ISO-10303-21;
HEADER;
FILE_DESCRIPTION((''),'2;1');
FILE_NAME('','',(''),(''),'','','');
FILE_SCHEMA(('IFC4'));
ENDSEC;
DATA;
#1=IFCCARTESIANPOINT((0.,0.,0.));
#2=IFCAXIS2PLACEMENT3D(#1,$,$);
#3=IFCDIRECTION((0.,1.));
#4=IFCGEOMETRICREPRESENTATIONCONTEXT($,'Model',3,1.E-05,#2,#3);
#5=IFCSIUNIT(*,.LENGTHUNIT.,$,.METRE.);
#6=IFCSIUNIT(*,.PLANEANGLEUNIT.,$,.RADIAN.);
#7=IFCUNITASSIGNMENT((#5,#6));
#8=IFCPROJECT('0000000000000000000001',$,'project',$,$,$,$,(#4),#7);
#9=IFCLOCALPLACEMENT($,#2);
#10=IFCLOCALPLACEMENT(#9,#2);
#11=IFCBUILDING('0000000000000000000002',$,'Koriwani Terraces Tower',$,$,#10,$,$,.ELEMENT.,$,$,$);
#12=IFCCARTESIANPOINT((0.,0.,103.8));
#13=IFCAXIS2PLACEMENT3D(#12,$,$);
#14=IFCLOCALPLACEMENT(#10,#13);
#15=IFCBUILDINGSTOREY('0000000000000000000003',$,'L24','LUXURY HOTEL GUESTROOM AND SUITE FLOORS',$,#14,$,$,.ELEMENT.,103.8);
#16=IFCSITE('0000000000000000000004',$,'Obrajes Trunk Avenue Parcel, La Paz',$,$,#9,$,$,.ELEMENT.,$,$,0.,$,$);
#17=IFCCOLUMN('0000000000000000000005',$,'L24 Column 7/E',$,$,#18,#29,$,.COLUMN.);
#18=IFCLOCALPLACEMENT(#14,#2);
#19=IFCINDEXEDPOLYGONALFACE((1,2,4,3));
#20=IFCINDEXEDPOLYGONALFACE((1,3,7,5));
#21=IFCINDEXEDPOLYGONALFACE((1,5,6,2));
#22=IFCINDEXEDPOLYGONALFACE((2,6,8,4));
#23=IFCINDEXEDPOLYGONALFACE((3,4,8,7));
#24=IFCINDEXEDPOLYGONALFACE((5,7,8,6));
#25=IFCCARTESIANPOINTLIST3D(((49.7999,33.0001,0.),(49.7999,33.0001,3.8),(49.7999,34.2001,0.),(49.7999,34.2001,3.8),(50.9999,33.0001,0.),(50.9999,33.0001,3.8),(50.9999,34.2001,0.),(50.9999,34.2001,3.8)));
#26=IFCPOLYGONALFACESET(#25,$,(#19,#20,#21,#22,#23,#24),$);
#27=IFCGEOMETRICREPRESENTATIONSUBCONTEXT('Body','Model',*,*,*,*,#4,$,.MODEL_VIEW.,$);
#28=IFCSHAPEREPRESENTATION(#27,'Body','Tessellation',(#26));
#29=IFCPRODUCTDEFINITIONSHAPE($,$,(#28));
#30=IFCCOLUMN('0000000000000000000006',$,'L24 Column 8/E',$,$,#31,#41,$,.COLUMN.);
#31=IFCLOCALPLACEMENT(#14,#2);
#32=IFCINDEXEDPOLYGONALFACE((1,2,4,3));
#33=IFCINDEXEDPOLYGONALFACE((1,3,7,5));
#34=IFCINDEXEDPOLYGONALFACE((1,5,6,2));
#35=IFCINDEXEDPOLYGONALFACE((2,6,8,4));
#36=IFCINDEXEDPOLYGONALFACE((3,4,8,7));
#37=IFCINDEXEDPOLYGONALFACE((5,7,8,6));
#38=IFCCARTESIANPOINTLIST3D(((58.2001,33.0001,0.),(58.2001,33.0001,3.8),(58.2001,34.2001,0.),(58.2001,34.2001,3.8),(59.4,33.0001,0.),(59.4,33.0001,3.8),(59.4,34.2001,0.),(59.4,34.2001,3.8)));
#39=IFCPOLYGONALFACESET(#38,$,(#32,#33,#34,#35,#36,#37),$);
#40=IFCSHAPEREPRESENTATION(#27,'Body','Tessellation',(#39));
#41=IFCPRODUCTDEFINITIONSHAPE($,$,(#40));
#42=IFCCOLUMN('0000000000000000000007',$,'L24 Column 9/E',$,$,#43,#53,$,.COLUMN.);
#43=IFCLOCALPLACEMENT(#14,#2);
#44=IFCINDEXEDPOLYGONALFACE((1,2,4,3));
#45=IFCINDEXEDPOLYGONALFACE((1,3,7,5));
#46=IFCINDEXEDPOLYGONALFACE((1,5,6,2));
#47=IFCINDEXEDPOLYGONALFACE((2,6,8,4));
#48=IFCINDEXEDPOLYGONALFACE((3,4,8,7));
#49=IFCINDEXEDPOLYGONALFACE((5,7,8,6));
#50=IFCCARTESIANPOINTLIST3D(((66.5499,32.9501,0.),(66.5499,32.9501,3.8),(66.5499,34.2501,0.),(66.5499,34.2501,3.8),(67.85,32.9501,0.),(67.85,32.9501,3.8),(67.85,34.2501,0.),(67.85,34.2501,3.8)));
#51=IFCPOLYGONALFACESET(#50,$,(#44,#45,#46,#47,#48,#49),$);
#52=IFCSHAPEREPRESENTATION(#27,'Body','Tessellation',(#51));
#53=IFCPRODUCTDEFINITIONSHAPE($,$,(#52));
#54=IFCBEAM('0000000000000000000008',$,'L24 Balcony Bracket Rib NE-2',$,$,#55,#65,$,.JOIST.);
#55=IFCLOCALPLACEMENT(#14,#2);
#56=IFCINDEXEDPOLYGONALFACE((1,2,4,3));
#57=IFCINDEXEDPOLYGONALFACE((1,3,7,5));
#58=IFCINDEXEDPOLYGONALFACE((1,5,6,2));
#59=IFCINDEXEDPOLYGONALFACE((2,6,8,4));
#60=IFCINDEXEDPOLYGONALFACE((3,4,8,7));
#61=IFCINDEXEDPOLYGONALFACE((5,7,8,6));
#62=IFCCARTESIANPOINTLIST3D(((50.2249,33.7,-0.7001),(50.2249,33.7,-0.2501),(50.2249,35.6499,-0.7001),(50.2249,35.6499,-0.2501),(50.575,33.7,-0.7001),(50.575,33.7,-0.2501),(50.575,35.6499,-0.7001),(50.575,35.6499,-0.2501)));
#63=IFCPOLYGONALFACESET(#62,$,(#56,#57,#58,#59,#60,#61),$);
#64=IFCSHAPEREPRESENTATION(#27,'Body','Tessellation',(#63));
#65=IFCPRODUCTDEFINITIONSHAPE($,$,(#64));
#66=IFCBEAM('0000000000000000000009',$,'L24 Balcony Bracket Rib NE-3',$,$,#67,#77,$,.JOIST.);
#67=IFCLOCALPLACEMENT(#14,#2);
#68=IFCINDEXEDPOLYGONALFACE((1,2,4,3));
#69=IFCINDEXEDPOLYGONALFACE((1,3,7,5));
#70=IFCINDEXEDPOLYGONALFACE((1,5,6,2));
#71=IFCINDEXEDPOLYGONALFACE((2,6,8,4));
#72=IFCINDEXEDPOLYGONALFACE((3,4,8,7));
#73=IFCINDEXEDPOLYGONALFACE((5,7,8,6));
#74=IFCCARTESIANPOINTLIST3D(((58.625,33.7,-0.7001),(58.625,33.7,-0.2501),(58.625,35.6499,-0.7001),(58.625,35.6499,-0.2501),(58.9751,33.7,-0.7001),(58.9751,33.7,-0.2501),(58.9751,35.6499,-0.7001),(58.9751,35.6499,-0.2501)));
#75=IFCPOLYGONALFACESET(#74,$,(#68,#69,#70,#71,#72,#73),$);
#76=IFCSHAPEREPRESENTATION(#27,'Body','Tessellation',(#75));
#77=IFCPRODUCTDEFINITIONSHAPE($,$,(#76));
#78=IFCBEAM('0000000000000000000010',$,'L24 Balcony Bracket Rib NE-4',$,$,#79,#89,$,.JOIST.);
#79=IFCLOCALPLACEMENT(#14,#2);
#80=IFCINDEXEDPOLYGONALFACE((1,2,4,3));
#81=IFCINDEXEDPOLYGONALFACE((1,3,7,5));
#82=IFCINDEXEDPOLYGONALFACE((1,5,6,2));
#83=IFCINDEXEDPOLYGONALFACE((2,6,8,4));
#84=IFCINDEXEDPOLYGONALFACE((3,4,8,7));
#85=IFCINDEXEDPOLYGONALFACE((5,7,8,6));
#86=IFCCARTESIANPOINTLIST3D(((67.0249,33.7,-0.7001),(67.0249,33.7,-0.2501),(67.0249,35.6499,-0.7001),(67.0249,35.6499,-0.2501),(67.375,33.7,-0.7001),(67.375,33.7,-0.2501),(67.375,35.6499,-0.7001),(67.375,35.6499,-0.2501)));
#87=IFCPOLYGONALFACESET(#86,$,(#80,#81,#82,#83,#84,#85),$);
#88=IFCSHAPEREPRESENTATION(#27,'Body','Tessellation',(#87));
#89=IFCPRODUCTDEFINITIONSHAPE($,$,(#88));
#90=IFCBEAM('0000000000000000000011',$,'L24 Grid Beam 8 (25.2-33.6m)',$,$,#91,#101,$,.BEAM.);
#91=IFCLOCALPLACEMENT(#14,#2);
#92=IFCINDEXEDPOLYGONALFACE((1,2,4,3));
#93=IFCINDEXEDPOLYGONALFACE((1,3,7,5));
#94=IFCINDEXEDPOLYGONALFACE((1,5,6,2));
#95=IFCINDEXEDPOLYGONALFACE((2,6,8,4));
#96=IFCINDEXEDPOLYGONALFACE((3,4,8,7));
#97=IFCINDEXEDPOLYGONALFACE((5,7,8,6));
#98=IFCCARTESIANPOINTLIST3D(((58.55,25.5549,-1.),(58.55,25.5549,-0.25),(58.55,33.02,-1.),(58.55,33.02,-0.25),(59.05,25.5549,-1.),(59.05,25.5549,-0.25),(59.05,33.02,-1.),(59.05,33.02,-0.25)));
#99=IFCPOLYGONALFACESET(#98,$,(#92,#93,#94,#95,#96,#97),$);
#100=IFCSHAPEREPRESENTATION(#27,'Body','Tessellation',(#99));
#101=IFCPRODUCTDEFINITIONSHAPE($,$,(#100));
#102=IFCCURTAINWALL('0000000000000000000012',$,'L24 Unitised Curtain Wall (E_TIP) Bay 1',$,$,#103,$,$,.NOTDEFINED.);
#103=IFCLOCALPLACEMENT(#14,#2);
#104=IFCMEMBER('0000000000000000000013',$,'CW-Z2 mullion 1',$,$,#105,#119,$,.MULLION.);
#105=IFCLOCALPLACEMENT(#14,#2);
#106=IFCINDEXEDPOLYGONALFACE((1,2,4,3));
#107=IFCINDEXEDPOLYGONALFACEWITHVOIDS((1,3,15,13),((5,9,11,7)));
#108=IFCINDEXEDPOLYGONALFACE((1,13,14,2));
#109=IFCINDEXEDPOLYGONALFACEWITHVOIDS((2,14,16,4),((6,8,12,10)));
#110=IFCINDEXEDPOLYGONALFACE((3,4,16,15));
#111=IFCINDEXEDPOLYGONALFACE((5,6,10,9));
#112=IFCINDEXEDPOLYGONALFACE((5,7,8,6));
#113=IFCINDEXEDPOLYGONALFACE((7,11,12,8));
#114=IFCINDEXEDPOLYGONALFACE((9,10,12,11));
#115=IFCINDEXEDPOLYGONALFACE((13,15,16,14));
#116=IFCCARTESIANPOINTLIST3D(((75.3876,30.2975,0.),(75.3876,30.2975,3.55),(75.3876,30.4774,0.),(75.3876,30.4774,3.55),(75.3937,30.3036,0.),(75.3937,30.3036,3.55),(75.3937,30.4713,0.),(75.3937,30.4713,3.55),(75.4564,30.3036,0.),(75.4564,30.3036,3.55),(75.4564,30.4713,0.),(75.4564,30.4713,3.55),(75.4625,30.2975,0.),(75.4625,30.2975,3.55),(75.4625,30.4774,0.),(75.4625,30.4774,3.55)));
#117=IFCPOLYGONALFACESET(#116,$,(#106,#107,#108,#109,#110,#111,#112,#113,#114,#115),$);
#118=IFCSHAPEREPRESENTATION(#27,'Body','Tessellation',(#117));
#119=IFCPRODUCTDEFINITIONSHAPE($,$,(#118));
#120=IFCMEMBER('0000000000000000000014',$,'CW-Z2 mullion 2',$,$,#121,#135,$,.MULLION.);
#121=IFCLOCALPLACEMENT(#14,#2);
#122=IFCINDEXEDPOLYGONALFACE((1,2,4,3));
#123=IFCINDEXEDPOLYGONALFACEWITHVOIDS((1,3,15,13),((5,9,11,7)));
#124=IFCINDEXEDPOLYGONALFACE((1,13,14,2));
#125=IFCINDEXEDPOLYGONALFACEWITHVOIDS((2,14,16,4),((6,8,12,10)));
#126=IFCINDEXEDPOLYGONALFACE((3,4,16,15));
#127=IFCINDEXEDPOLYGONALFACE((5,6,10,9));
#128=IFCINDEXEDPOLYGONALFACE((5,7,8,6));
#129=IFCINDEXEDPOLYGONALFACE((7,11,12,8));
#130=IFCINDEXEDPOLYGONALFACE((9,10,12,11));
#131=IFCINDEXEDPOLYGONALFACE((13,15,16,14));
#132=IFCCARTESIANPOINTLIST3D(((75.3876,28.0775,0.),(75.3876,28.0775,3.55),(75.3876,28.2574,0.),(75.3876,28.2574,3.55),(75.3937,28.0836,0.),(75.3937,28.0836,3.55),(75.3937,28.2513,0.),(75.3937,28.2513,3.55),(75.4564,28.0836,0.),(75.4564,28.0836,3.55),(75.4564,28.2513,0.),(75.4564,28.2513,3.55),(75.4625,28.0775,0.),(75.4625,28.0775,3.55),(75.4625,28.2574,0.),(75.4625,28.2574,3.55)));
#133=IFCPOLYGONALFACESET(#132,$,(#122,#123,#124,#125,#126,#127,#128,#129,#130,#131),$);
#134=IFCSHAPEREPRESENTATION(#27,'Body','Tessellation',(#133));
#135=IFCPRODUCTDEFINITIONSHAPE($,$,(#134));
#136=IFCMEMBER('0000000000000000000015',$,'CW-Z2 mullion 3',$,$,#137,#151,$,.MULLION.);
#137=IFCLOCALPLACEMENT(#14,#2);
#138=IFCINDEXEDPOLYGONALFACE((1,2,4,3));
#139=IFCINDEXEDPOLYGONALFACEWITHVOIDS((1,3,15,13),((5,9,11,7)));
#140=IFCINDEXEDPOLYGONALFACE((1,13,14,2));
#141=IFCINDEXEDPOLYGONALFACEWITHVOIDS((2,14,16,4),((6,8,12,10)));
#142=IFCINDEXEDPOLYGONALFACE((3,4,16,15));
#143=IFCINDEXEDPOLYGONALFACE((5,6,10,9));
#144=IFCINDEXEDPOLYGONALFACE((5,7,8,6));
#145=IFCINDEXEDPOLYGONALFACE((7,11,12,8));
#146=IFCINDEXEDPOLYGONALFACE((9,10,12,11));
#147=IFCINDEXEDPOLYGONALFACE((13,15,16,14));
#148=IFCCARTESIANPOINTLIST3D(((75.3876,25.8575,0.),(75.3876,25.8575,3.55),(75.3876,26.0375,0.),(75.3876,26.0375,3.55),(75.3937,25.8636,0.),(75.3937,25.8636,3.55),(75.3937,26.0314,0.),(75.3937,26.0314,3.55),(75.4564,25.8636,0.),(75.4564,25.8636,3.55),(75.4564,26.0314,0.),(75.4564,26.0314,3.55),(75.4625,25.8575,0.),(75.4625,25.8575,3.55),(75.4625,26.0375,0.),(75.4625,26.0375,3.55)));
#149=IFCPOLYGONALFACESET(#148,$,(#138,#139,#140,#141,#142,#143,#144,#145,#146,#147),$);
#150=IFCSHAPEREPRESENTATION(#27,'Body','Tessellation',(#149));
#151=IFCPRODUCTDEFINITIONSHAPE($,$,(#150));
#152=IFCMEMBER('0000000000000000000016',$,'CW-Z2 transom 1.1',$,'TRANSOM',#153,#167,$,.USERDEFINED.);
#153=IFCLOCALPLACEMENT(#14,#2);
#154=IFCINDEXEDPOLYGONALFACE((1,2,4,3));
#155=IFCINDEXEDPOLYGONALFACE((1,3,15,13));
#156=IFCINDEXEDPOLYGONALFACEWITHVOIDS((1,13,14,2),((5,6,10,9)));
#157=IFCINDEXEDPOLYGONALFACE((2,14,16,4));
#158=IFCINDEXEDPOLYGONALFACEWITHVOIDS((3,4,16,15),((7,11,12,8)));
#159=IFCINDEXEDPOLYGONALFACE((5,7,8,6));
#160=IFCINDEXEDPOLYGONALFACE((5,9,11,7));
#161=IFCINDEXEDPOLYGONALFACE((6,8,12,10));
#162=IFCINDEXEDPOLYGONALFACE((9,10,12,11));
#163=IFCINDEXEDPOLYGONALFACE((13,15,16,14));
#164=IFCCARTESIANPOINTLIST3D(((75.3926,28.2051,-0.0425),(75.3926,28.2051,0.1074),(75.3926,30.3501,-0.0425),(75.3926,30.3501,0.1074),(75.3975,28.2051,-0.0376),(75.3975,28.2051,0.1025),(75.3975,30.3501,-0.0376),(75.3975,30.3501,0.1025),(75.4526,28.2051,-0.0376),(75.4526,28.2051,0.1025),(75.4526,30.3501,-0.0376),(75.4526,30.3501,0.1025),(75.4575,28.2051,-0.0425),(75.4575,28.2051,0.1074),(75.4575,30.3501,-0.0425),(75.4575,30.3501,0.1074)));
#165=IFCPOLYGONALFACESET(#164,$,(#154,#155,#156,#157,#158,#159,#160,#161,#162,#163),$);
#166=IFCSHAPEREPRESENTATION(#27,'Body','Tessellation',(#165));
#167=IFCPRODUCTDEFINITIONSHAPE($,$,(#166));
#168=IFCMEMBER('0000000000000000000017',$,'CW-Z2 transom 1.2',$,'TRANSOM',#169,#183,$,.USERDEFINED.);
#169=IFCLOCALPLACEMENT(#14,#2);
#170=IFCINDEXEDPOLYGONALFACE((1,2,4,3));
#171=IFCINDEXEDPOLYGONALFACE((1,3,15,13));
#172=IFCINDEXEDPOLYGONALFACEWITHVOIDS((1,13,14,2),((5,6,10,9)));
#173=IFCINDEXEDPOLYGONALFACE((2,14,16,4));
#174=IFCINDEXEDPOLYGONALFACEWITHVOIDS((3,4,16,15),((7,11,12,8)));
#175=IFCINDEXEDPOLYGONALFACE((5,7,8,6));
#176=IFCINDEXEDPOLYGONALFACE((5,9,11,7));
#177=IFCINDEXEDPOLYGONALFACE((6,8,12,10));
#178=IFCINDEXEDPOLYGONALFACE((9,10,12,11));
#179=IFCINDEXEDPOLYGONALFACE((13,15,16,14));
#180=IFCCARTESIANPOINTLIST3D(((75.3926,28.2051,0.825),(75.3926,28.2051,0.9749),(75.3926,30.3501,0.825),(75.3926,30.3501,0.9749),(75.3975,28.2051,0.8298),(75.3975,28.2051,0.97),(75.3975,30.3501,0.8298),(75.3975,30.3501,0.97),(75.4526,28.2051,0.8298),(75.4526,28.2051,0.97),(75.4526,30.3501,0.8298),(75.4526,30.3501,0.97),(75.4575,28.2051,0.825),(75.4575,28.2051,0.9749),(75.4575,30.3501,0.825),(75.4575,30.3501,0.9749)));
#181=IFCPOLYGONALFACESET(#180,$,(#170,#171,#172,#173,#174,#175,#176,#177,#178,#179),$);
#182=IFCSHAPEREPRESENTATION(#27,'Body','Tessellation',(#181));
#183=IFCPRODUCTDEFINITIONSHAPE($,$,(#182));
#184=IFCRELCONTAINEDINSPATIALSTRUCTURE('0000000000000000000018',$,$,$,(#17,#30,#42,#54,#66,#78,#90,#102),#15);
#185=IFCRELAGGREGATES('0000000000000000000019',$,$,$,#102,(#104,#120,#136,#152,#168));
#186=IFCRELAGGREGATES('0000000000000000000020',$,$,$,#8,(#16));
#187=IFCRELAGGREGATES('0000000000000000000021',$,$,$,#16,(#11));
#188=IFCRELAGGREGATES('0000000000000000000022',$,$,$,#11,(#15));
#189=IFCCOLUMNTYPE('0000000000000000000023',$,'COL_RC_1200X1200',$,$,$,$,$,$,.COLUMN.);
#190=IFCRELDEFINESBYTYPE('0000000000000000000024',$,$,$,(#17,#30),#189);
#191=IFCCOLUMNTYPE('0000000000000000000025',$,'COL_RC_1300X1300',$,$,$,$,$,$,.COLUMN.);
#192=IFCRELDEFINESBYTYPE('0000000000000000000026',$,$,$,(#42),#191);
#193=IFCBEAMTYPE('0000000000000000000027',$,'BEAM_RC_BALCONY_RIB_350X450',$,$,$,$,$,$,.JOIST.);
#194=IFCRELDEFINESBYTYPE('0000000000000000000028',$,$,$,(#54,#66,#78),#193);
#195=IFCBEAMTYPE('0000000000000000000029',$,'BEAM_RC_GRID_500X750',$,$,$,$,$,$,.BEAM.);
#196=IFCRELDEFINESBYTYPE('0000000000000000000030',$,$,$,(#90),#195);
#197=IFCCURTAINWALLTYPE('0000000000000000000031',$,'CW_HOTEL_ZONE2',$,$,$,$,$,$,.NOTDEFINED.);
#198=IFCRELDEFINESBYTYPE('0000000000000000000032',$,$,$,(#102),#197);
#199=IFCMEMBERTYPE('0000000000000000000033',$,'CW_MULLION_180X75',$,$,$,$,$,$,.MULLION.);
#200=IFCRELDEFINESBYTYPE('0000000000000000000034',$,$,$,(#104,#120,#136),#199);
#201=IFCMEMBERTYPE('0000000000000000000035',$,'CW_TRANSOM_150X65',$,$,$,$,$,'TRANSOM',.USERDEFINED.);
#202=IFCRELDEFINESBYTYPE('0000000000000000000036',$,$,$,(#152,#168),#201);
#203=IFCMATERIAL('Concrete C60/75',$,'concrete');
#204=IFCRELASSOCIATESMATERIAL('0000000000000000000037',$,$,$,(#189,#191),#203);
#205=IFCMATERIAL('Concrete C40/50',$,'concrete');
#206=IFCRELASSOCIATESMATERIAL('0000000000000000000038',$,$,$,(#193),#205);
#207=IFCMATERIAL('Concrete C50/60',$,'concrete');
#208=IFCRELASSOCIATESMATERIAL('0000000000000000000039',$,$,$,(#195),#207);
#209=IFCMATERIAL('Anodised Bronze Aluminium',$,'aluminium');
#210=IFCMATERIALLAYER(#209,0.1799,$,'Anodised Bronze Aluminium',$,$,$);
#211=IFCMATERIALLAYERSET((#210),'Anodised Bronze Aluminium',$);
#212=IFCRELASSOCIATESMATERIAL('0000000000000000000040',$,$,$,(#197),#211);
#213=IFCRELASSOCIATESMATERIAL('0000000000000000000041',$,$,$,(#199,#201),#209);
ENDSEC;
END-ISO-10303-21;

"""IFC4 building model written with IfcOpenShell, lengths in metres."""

from ifc_helpers import new_model, si_unit, direction, frame, origin, origin_2d, place, context, subcontext, project, spatial, rectangle, hollow_rectangle, extrude, material, layer, layer_set, material_profile, profile_set, type_object, element, aggregate, save


model = new_model("IFC4")

# Units and contexts
model_context = context("Model", 3, precision=1e-05, world=origin(), true_north=direction((0.0, 1.0)))
body_context = subcontext(model_context, "Body", "Model", "MODEL_VIEW")
ifc_project = project(units=[si_unit("LENGTHUNIT", "METRE"), si_unit("PLANEANGLEUNIT", "RADIAN")], contexts=[model_context])

# Site, building, storey
site_placement = place(None, origin())
site = spatial("IfcSite", under=ifc_project, at=site_placement, Name="Obrajes Trunk Avenue Parcel, La Paz", CompositionType="ELEMENT", RefElevation=0.0)
building_placement = place(site_placement, origin())
building = spatial("IfcBuilding", under=site, at=building_placement, Name="Koriwani Terraces Tower", CompositionType="ELEMENT")
storey_placement = place(building_placement, frame((0.0, 0.0, 103.8)))
storey = spatial("IfcBuildingStorey", under=building, at=storey_placement, Name="L24", Description="LUXURY HOTEL GUESTROOM AND SUITE FLOORS", CompositionType="ELEMENT", Elevation=103.8)

# Columns
ifc_material_1 = material(Name="Concrete C60/75", Category="concrete")
ifc_material_profile_1 = material_profile(ifc_material_1, rectangle(XDim=1.2, YDim=1.2, at=origin_2d()), Name="Concrete C60/75", Category="LoadBearing")
ifc_profile_set_1 = profile_set([ifc_material_profile_1], Name="Concrete C60/75")
column_type_1 = type_object("IfcColumnType", Name="COL_RC_1200X1200", PredefinedType="COLUMN", material=ifc_profile_set_1)
for number, where, z_axis, x_axis, name in (
    (1, (50.3999, 33.6001, 0.0), (0.0, 0.0, 1.0), (1.0, 0.0, 0.0), "L24 Column 7/E"),
    (2, (58.8, 33.6001, 0.0), (0.0, 0.0, 1.0), (1.0, 0.0, 0.0), "L24 Column 8/E"),
):
    element("IfcColumn", number, at=place(storey_placement, frame(where, z_axis=z_axis, x_axis=x_axis)), inside=storey, type_object=column_type_1, Name=name, PredefinedType="COLUMN", context=body_context, shape_type="SweptSolid", body=[
        extrude(rectangle(XDim=1.2, YDim=1.2, at=origin_2d()), origin(), (0.0, 0.0, 1.0), 3.8),
    ])
ifc_material_profile_2 = material_profile(ifc_material_1, rectangle(XDim=1.3, YDim=1.3, at=origin_2d()), Name="Concrete C60/75", Category="LoadBearing")
ifc_profile_set_2 = profile_set([ifc_material_profile_2], Name="Concrete C60/75")
column_type_2 = type_object("IfcColumnType", Name="COL_RC_1300X1300", PredefinedType="COLUMN", material=ifc_profile_set_2)
column_placement = place(storey_placement, frame((67.2, 33.6001, 0.0), z_axis=(0.0, 0.0, 1.0), x_axis=(1.0, 0.0, 0.0)))
element("IfcColumn", 3, at=column_placement, inside=storey, type_object=column_type_2, Name="L24 Column 9/E", PredefinedType="COLUMN", context=body_context, shape_type="SweptSolid", body=[
    extrude(rectangle(XDim=1.3, YDim=1.3, at=origin_2d()), origin(), (0.0, 0.0, 1.0), 3.8),
])

# Beams
ifc_material_2 = material(Name="Concrete C40/50", Category="concrete")
ifc_material_profile_3 = material_profile(ifc_material_2, rectangle(XDim=0.3501, YDim=0.45, at=origin_2d()), Name="Concrete C40/50", Category="LoadBearing")
ifc_profile_set_3 = profile_set([ifc_material_profile_3], Name="Concrete C40/50")
beam_type_1 = type_object("IfcBeamType", Name="BEAM_RC_BALCONY_RIB_350X450", PredefinedType="JOIST", material=ifc_profile_set_3)
for number, where, z_axis, x_axis, name in (
    (4, (50.3999, 33.7, -0.4751), (0.0, 1.0, 0.0), (-1.0, 0.0, 0.0), "L24 Balcony Bracket Rib NE-2"),
    (5, (58.8, 33.7, -0.4751), (0.0, 1.0, 0.0), (-1.0, 0.0, 0.0), "L24 Balcony Bracket Rib NE-3"),
    (6, (67.2, 33.7, -0.4751), (0.0, 1.0, 0.0), (-1.0, 0.0, 0.0), "L24 Balcony Bracket Rib NE-4"),
):
    element("IfcBeam", number, at=place(storey_placement, frame(where, z_axis=z_axis, x_axis=x_axis)), inside=storey, type_object=beam_type_1, Name=name, PredefinedType="JOIST", context=body_context, shape_type="SweptSolid", body=[
        extrude(rectangle(XDim=0.3501, YDim=0.45, at=origin_2d()), origin(), (0.0, 0.0, 1.0), 1.95),
    ])
ifc_material_3 = material(Name="Concrete C50/60", Category="concrete")
ifc_material_profile_4 = material_profile(ifc_material_3, rectangle(XDim=0.5, YDim=0.75, at=origin_2d()), Name="Concrete C50/60", Category="LoadBearing")
ifc_profile_set_4 = profile_set([ifc_material_profile_4], Name="Concrete C50/60")
beam_type_2 = type_object("IfcBeamType", Name="BEAM_RC_GRID_500X750", PredefinedType="BEAM", material=ifc_profile_set_4)
beam_1_placement = place(storey_placement, frame((58.8, 25.5549, -0.625), z_axis=(0.0, 1.0, 0.0), x_axis=(-1.0, 0.0, 0.0)))
element("IfcBeam", 7, at=beam_1_placement, inside=storey, type_object=beam_type_2, Name="L24 Grid Beam 8 (25.2-33.6m)", PredefinedType="BEAM", context=body_context, shape_type="SweptSolid", body=[
    extrude(rectangle(XDim=0.5, YDim=0.75, at=origin_2d()), origin(), (0.0, 0.0, 1.0), 7.4651),
])

# Curtain wall, members
ifc_material_4 = material(Name="Anodised Bronze Aluminium", Category="aluminium")
ifc_layer_1 = layer(ifc_material_4, 0.1799, Name="Anodised Bronze Aluminium")
ifc_layer_set_1 = layer_set([ifc_layer_1], Name="Anodised Bronze Aluminium")
curtain_wall_type = type_object("IfcCurtainWallType", Name="CW_HOTEL_ZONE2", PredefinedType="NOTDEFINED", material=ifc_layer_set_1)
curtain_wall_placement = place(storey_placement, origin())
curtain_wall = element("IfcCurtainWall", 8, at=curtain_wall_placement, inside=storey, type_object=curtain_wall_type, Name="L24 Unitised Curtain Wall (E_TIP) Bay 1", PredefinedType="NOTDEFINED")
ifc_material_profile_5 = material_profile(ifc_material_4, hollow_rectangle(XDim=0.075, YDim=0.1799, WallThickness=0.0061, at=origin_2d()), Name="Anodised Bronze Aluminium", Category="LoadBearing")
ifc_profile_set_5 = profile_set([ifc_material_profile_5], Name="Anodised Bronze Aluminium")
member_type_1 = type_object("IfcMemberType", Name="CW_MULLION_180X75", PredefinedType="MULLION", material=ifc_profile_set_5)
member_1_placement = place(storey_placement, frame((75.425, 30.3875, 0.0), z_axis=(0.0, 0.0, 1.0), x_axis=(1.0, 0.0, 0.0)))
member_1 = element("IfcMember", 9, at=member_1_placement, type_object=member_type_1, Name="CW-Z2 mullion 1", PredefinedType="MULLION", context=body_context, shape_type="SweptSolid", body=[
    extrude(hollow_rectangle(XDim=0.075, YDim=0.1799, WallThickness=0.0061, at=origin_2d()), origin(), (0.0, 0.0, 1.0), 3.55),
])
member_2_placement = place(storey_placement, frame((75.425, 28.1675, 0.0), z_axis=(0.0, 0.0, 1.0), x_axis=(1.0, 0.0, 0.0)))
member_2 = element("IfcMember", 10, at=member_2_placement, type_object=member_type_1, Name="CW-Z2 mullion 2", PredefinedType="MULLION", context=body_context, shape_type="SweptSolid", body=[
    extrude(hollow_rectangle(XDim=0.075, YDim=0.1799, WallThickness=0.0061, at=origin_2d()), origin(), (0.0, 0.0, 1.0), 3.55),
])
member_3_placement = place(storey_placement, frame((75.425, 25.9475, 0.0), z_axis=(0.0, 0.0, 1.0), x_axis=(1.0, 0.0, 0.0)))
member_3 = element("IfcMember", 11, at=member_3_placement, type_object=member_type_1, Name="CW-Z2 mullion 3", PredefinedType="MULLION", context=body_context, shape_type="SweptSolid", body=[
    extrude(hollow_rectangle(XDim=0.075, YDim=0.1799, WallThickness=0.0061, at=origin_2d()), origin(), (0.0, 0.0, 1.0), 3.55),
])
ifc_material_profile_6 = material_profile(ifc_material_4, hollow_rectangle(XDim=0.0649, YDim=0.1499, WallThickness=0.0049, at=origin_2d()), Name="Anodised Bronze Aluminium", Category="LoadBearing")
ifc_profile_set_6 = profile_set([ifc_material_profile_6], Name="Anodised Bronze Aluminium")
member_type_2 = type_object("IfcMemberType", Name="CW_TRANSOM_150X65", ElementType="TRANSOM", PredefinedType="USERDEFINED", material=ifc_profile_set_6)
member_4_placement = place(storey_placement, frame((75.425, 30.3501, 0.0325), z_axis=(0.0, -1.0, 0.0), x_axis=(1.0, 0.0, 0.0)))
member_4 = element("IfcMember", 12, at=member_4_placement, type_object=member_type_2, Name="CW-Z2 transom 1.1", ObjectType="TRANSOM", PredefinedType="USERDEFINED", context=body_context, shape_type="SweptSolid", body=[
    extrude(hollow_rectangle(XDim=0.0649, YDim=0.1499, WallThickness=0.0049, at=origin_2d()), origin(), (0.0, 0.0, 1.0), 2.145),
])
member_5_placement = place(storey_placement, frame((75.425, 30.3501, 0.8999), z_axis=(0.0, -1.0, 0.0), x_axis=(1.0, 0.0, 0.0)))
member_5 = element("IfcMember", 13, at=member_5_placement, type_object=member_type_2, Name="CW-Z2 transom 1.2", ObjectType="TRANSOM", PredefinedType="USERDEFINED", context=body_context, shape_type="SweptSolid", body=[
    extrude(hollow_rectangle(XDim=0.0649, YDim=0.1499, WallThickness=0.0049, at=origin_2d()), origin(), (0.0, 0.0, 1.0), 2.145),
])

aggregate(curtain_wall, [member_1, member_2, member_3, member_4, member_5])

save(model, "model.ifc")
